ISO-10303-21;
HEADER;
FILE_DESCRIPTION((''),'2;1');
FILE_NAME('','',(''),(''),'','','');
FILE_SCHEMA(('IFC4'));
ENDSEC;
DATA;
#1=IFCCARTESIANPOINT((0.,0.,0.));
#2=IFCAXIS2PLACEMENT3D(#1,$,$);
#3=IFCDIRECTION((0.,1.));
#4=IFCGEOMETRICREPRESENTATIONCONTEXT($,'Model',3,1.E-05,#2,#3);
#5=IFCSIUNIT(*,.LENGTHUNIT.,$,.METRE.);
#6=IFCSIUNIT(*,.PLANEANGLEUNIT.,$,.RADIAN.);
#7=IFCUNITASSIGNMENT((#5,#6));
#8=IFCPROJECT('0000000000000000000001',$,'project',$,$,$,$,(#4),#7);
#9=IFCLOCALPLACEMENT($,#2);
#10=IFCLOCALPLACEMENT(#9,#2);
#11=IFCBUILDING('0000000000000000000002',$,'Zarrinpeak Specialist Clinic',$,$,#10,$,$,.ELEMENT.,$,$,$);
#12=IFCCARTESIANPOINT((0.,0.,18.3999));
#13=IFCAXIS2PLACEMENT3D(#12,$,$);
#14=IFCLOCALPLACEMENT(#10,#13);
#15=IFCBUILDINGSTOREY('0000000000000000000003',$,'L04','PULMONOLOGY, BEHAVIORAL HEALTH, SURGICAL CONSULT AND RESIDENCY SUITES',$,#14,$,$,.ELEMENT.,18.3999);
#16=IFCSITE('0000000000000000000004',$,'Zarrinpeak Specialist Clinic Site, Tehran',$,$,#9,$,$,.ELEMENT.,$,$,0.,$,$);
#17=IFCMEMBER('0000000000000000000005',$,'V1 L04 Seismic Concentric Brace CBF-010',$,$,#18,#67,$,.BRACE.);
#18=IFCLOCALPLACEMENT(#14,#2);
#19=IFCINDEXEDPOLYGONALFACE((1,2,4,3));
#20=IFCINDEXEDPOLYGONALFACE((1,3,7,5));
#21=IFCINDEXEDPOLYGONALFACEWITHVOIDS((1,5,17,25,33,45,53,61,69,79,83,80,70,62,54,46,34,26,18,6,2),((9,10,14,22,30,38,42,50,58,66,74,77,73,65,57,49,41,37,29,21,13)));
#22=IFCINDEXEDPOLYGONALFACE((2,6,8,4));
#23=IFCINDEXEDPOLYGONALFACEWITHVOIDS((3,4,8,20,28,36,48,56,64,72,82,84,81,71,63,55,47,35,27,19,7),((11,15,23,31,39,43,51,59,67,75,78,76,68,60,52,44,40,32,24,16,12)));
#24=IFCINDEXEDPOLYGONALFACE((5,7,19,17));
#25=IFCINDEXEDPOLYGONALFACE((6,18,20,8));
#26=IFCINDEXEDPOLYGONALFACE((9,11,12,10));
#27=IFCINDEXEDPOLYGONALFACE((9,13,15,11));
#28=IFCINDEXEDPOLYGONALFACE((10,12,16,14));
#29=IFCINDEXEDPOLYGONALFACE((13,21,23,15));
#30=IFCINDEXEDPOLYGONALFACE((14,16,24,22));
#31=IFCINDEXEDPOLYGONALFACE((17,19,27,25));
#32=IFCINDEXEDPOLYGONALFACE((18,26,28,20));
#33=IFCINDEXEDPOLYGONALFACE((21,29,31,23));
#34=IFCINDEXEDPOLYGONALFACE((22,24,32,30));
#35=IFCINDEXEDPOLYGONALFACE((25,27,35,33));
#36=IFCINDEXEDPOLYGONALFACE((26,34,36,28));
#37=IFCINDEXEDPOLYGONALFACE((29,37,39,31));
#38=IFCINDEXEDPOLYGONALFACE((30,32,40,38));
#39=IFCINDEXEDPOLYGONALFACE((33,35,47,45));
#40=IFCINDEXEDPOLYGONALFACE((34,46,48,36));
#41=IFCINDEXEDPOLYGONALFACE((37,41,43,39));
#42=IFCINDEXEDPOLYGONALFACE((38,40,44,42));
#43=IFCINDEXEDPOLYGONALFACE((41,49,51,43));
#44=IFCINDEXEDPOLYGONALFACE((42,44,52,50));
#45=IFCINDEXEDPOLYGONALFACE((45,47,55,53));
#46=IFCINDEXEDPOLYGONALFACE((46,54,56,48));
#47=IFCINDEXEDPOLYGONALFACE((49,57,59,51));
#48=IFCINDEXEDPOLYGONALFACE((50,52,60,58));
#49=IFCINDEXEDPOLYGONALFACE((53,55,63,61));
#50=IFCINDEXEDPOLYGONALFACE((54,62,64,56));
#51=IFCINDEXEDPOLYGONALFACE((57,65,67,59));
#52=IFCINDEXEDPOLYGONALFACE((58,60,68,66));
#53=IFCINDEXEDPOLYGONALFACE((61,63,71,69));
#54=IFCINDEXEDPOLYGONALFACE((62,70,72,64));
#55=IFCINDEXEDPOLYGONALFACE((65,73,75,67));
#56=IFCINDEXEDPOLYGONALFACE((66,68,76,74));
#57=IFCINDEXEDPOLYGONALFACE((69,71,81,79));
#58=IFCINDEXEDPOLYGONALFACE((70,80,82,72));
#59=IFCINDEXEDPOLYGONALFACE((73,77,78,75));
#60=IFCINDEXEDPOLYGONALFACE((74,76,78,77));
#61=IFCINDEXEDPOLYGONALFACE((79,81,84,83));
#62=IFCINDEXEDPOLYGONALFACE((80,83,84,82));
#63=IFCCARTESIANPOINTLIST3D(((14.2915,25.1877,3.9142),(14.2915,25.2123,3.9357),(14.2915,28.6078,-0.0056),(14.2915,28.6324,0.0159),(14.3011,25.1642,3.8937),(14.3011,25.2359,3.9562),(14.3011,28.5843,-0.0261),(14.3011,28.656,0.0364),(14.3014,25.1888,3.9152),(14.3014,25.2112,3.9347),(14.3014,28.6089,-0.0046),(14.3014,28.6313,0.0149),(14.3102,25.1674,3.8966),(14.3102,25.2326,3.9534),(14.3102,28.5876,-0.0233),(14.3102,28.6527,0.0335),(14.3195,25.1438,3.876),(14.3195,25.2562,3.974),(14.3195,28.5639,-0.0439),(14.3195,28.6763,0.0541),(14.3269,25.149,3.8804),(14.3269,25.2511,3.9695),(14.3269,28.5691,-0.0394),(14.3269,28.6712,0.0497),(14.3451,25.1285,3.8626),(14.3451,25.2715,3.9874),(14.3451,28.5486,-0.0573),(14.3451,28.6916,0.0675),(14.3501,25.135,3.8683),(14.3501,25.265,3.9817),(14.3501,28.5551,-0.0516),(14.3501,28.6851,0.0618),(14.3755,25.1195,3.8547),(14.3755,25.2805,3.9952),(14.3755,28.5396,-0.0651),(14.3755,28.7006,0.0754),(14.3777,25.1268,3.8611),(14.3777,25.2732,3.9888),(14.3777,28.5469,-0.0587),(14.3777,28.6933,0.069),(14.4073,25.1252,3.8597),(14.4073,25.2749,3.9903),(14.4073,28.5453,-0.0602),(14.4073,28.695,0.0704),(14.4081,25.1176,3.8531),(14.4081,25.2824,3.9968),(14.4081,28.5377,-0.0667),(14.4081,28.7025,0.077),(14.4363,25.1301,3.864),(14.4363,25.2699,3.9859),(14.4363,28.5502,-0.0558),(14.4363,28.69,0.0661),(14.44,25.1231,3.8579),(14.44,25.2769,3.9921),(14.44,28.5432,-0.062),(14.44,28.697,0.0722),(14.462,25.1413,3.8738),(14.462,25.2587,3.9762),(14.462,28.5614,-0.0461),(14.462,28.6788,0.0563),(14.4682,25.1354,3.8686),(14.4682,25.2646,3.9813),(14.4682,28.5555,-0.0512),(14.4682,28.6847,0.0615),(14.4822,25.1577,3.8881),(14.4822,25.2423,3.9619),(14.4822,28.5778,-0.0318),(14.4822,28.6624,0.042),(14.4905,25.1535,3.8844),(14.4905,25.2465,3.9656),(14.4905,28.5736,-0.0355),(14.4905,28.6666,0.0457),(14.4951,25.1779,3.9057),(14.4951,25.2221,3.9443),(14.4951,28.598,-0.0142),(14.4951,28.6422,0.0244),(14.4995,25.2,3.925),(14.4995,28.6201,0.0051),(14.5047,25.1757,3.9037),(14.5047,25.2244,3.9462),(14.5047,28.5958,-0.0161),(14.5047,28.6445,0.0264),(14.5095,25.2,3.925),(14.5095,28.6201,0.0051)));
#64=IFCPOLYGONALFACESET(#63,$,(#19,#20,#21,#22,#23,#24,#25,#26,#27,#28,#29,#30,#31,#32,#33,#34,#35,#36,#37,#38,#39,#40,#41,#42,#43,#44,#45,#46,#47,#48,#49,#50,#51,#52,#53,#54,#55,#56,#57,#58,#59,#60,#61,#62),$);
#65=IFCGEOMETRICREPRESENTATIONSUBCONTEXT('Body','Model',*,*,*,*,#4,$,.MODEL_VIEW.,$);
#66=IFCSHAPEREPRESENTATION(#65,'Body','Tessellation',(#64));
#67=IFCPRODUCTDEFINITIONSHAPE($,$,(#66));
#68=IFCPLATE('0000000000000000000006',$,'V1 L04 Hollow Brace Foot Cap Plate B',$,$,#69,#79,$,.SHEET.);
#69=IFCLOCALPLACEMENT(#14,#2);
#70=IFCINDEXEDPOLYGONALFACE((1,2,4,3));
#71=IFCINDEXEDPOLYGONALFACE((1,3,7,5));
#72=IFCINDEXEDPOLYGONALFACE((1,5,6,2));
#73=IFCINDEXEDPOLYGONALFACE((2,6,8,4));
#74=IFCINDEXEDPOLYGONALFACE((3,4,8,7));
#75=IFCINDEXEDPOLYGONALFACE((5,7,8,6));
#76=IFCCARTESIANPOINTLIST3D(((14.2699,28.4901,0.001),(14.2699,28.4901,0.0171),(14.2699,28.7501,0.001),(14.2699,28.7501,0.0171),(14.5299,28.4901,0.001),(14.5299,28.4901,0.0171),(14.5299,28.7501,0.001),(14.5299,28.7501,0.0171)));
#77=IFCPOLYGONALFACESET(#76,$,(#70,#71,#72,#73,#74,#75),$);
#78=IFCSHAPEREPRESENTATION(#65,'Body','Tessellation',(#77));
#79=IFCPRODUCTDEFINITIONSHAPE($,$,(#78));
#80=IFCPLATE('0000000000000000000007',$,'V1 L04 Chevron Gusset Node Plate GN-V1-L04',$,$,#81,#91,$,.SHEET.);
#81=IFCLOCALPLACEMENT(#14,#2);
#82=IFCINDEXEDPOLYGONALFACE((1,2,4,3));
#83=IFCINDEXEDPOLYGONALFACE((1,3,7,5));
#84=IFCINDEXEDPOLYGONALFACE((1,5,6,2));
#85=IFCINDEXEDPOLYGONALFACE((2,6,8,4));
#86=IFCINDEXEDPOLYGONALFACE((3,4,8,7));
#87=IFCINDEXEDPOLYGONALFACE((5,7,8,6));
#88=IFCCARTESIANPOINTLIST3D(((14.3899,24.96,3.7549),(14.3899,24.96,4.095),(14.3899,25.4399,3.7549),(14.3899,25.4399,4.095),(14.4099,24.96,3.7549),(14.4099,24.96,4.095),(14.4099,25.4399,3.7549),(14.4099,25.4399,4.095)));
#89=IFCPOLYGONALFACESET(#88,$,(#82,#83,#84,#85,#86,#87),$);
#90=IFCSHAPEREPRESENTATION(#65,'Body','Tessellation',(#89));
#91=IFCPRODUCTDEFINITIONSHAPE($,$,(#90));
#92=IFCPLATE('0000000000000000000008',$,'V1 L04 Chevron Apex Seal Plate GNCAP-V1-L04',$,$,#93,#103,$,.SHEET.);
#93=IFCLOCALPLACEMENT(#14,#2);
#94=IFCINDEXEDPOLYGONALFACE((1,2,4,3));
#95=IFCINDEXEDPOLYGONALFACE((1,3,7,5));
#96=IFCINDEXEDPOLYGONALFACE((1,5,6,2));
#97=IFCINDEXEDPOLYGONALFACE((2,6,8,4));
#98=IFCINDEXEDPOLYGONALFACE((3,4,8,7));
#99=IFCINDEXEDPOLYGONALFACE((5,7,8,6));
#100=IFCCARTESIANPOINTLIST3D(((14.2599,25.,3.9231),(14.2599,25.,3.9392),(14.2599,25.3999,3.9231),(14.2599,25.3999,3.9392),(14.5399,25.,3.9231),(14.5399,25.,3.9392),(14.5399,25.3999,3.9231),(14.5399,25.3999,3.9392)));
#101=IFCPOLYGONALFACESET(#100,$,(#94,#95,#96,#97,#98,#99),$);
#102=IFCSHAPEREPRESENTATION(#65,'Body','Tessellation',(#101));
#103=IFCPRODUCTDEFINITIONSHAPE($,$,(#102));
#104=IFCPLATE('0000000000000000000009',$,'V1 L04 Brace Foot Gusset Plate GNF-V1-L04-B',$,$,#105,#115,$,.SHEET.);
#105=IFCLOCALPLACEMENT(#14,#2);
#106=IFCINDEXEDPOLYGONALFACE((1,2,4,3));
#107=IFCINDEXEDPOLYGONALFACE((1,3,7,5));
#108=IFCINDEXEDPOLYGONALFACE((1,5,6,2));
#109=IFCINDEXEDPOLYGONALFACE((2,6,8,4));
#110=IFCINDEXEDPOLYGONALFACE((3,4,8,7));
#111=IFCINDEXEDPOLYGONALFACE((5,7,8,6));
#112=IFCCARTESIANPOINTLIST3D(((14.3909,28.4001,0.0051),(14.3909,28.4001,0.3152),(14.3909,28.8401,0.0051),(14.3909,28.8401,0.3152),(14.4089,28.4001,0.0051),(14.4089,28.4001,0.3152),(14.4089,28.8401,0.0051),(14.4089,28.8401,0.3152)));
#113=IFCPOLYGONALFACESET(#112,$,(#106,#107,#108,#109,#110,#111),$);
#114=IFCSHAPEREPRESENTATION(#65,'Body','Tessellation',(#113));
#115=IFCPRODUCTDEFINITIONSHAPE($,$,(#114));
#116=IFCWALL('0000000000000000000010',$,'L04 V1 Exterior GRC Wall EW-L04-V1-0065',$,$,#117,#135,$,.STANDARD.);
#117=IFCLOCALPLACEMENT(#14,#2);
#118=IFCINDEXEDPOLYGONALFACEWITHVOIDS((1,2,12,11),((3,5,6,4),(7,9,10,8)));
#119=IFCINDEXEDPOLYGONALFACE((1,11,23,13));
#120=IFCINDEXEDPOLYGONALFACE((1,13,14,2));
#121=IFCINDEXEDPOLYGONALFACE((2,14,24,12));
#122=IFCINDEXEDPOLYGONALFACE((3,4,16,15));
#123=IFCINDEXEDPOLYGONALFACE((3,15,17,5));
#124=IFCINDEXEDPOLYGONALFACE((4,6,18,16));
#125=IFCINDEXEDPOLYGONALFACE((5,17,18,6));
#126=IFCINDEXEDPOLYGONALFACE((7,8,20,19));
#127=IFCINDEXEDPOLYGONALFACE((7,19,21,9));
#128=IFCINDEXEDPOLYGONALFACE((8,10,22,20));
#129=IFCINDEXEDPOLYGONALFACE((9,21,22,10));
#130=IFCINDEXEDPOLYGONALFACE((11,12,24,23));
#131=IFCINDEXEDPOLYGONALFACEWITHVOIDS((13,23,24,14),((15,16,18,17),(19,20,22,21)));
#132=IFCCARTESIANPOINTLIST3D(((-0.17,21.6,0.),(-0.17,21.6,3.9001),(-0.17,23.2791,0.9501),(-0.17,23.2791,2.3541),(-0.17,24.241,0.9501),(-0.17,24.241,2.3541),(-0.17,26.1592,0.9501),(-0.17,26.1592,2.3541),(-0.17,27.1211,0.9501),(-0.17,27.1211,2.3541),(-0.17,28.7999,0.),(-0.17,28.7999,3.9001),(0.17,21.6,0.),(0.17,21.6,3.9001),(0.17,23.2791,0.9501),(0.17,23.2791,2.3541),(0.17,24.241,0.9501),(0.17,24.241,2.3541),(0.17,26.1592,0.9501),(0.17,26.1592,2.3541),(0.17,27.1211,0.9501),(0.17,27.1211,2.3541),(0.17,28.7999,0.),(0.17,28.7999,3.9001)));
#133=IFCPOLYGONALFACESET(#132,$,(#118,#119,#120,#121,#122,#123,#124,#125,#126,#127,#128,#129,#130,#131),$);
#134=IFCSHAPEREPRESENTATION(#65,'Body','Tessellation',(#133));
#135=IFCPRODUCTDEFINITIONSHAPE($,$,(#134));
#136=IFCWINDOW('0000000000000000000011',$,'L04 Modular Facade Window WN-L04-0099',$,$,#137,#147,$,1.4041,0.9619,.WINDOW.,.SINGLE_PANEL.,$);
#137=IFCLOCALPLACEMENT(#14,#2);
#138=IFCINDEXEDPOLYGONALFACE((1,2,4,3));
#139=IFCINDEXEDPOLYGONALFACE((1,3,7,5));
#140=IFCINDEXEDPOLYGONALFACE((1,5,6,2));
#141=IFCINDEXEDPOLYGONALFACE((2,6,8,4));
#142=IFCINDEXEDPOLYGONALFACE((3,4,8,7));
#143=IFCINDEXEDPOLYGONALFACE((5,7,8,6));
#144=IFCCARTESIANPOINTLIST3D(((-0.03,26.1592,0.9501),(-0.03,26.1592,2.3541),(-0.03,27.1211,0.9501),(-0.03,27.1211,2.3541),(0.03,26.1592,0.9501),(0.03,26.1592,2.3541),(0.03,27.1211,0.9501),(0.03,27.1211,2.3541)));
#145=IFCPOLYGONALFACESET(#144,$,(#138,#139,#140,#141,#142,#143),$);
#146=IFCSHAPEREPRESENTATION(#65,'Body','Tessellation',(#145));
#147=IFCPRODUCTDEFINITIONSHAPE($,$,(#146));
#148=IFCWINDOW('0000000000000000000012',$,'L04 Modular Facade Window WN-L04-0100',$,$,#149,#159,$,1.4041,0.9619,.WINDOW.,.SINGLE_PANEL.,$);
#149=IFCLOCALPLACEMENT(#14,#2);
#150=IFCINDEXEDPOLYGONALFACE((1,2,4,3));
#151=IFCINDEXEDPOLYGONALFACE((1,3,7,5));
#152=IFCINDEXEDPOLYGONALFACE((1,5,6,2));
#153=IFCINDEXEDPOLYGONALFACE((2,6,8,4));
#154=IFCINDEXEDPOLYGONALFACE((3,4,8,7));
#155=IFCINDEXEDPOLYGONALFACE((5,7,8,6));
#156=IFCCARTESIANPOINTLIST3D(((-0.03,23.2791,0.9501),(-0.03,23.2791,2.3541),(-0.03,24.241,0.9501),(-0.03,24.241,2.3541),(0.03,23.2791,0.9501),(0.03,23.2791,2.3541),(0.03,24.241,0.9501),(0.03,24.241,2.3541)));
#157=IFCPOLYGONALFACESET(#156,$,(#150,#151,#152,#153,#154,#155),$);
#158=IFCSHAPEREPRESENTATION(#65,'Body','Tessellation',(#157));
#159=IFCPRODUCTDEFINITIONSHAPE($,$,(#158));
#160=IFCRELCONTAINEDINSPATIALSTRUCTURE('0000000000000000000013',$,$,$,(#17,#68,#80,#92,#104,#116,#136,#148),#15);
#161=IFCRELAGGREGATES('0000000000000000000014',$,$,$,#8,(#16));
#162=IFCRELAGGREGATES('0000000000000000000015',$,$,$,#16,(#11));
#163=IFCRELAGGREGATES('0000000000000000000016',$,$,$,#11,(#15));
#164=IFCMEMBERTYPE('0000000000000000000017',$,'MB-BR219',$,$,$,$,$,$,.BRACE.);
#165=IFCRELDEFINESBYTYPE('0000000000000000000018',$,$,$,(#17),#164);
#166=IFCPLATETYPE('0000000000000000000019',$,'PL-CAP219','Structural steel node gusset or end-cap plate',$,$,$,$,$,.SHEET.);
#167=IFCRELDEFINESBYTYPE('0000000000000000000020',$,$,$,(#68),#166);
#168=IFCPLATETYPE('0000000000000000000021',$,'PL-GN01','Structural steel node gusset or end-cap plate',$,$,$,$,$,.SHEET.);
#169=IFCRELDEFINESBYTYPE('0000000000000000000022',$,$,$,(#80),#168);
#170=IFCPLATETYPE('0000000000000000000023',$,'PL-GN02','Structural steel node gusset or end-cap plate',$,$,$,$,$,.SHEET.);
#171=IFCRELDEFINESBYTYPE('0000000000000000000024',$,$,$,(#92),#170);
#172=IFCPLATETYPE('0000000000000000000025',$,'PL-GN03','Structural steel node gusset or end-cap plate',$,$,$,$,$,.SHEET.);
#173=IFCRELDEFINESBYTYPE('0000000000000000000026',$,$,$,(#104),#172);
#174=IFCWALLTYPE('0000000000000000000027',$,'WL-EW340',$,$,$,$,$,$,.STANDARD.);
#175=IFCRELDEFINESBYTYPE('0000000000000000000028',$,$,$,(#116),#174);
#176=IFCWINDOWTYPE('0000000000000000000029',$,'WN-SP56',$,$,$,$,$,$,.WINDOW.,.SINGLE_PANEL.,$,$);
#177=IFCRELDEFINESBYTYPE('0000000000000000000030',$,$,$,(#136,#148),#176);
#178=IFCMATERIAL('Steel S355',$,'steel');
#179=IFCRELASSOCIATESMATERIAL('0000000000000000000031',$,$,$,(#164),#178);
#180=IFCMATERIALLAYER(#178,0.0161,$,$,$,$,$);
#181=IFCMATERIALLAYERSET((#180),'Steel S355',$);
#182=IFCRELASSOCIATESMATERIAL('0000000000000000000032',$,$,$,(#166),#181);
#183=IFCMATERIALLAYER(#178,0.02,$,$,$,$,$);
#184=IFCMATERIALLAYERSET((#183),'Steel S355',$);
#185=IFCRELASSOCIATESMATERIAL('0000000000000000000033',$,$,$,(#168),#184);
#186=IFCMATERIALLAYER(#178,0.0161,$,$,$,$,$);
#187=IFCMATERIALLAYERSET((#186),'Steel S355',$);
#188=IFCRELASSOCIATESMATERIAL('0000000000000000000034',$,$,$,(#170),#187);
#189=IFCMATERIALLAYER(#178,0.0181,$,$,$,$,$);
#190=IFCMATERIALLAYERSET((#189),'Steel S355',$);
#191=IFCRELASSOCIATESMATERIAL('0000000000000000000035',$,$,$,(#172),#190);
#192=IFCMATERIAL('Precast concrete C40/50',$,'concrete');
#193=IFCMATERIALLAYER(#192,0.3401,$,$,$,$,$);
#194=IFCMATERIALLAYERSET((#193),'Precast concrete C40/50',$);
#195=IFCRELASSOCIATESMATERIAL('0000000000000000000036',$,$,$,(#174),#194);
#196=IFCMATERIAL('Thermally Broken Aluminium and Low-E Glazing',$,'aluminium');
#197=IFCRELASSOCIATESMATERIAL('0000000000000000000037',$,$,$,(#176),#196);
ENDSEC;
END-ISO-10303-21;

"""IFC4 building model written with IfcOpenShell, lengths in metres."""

from ifc_helpers import new_model, si_unit, direction, frame, frame_2d, origin, origin_2d, place, context, subcontext, project, spatial, rectangle, hollow_circle, extrude, material, layer, layer_set, material_profile, profile_set, type_object, element, fill, save


model = new_model("IFC4")

# Units and contexts
model_context = context("Model", 3, precision=1e-05, world=origin(), true_north=direction((0.0, 1.0)))
body_context = subcontext(model_context, "Body", "Model", "MODEL_VIEW")
ifc_project = project(units=[si_unit("LENGTHUNIT", "METRE"), si_unit("PLANEANGLEUNIT", "RADIAN")], contexts=[model_context])

# Site, building, storey
site_placement = place(None, origin())
site = spatial("IfcSite", under=ifc_project, at=site_placement, Name="Zarrinpeak Specialist Clinic Site, Tehran", CompositionType="ELEMENT", RefElevation=0.0)
building_placement = place(site_placement, origin())
building = spatial("IfcBuilding", under=site, at=building_placement, Name="Zarrinpeak Specialist Clinic", CompositionType="ELEMENT")
storey_placement = place(building_placement, frame((0.0, 0.0, 18.3999)))
storey = spatial("IfcBuildingStorey", under=building, at=storey_placement, Name="L04", Description="PULMONOLOGY, BEHAVIORAL HEALTH, SURGICAL CONSULT AND RESIDENCY SUITES", CompositionType="ELEMENT", Elevation=18.3999)

# Shared definitions
ifc_material_1 = material(Name="Steel S355", Category="steel")

# Member
ifc_material_profile_1 = material_profile(ifc_material_1, hollow_circle(Radius=0.1096, WallThickness=0.01, at=origin_2d()), Name="CHS 219.1x10.0")
ifc_profile_set_1 = profile_set([ifc_material_profile_1], Name="Steel S355")
member_type = type_object("IfcMemberType", Name="MB-BR219", PredefinedType="BRACE", material=ifc_profile_set_1)
member_placement = place(storey_placement, frame((14.3999, 28.6201, 0.0051), z_axis=(0.0, -0.657441, 0.753506), x_axis=(1.0, 0.0, 0.0)))
element("IfcMember", 1, at=member_placement, inside=storey, type_object=member_type, Name="V1 L04 Seismic Concentric Brace CBF-010", PredefinedType="BRACE", context=body_context, shape_type="SweptSolid", body=[
    extrude(hollow_circle(Radius=0.1096, WallThickness=0.01, at=origin_2d()), origin(), (0.0, 0.0, 1.0), 5.2021),
])

# Plates
ifc_layer_1 = layer(ifc_material_1, 0.0161)
ifc_layer_set_1 = layer_set([ifc_layer_1], Name="Steel S355")
plate_type_1 = type_object("IfcPlateType", Name="PL-CAP219", Description="Structural steel node gusset or end-cap plate", PredefinedType="SHEET", material=ifc_layer_set_1)
plate_1_placement = place(storey_placement, frame((14.3999, 28.6201, 0.001), z_axis=(0.0, 0.0, 1.0), x_axis=(1.0, 0.0, 0.0)))
element("IfcPlate", 2, at=plate_1_placement, inside=storey, type_object=plate_type_1, Name="V1 L04 Hollow Brace Foot Cap Plate B", PredefinedType="SHEET", context=body_context, shape_type="SweptSolid", body=[
    extrude(rectangle(XDim=0.26, YDim=0.26, at=origin_2d()), origin(), (0.0, 0.0, 1.0), 0.0161),
])
ifc_layer_2 = layer(ifc_material_1, 0.02)
ifc_layer_set_2 = layer_set([ifc_layer_2], Name="Steel S355")
plate_type_2 = type_object("IfcPlateType", Name="PL-GN01", Description="Structural steel node gusset or end-cap plate", PredefinedType="SHEET", material=ifc_layer_set_2)
plate_2_placement = place(storey_placement, frame((14.3999, 25.2, 3.7549), z_axis=(0.0, 0.0, 1.0), x_axis=(1.0, 0.0, 0.0)))
element("IfcPlate", 3, at=plate_2_placement, inside=storey, type_object=plate_type_2, Name="V1 L04 Chevron Gusset Node Plate GN-V1-L04", PredefinedType="SHEET", context=body_context, shape_type="SweptSolid", body=[
    extrude(rectangle(XDim=0.02, YDim=0.48, at=origin_2d()), origin(), (0.0, 0.0, 1.0), 0.3401),
])
ifc_layer_3 = layer(ifc_material_1, 0.0161)
ifc_layer_set_3 = layer_set([ifc_layer_3], Name="Steel S355")
plate_type_3 = type_object("IfcPlateType", Name="PL-GN02", Description="Structural steel node gusset or end-cap plate", PredefinedType="SHEET", material=ifc_layer_set_3)
plate_3_placement = place(storey_placement, frame((14.3999, 25.2, 3.9231), z_axis=(0.0, 0.0, 1.0), x_axis=(1.0, 0.0, 0.0)))
element("IfcPlate", 4, at=plate_3_placement, inside=storey, type_object=plate_type_3, Name="V1 L04 Chevron Apex Seal Plate GNCAP-V1-L04", PredefinedType="SHEET", context=body_context, shape_type="SweptSolid", body=[
    extrude(rectangle(XDim=0.28, YDim=0.3999, at=origin_2d()), origin(), (0.0, 0.0, 1.0), 0.0161),
])
ifc_layer_4 = layer(ifc_material_1, 0.0181)
ifc_layer_set_4 = layer_set([ifc_layer_4], Name="Steel S355")
plate_type_4 = type_object("IfcPlateType", Name="PL-GN03", Description="Structural steel node gusset or end-cap plate", PredefinedType="SHEET", material=ifc_layer_set_4)
plate_4_placement = place(storey_placement, frame((14.3999, 28.6201, 0.0051), z_axis=(0.0, 0.0, 1.0), x_axis=(1.0, 0.0, 0.0)))
element("IfcPlate", 5, at=plate_4_placement, inside=storey, type_object=plate_type_4, Name="V1 L04 Brace Foot Gusset Plate GNF-V1-L04-B", PredefinedType="SHEET", context=body_context, shape_type="SweptSolid", body=[
    extrude(rectangle(XDim=0.0181, YDim=0.4399, at=origin_2d()), origin(), (0.0, 0.0, 1.0), 0.3101),
])

# Wall, openings, windows
ifc_material_2 = material(Name="Precast concrete C40/50", Category="concrete")
ifc_layer_5 = layer(ifc_material_2, 0.3401)
ifc_layer_set_5 = layer_set([ifc_layer_5], Name="Precast concrete C40/50")
wall_type_1 = type_object("IfcWallType", Name="WL-EW340", PredefinedType="STANDARD", material=ifc_layer_set_5)
wall_1_placement = place(storey_placement, frame((0.0, 28.8, 0.0), z_axis=(0.0, 0.0, 1.0), x_axis=(0.0, -1.0, 0.0)))
wall_1 = element("IfcWall", 6, at=wall_1_placement, inside=storey, type_object=wall_type_1, Name="L04 V1 Exterior GRC Wall EW-L04-V1-0065", PredefinedType="STANDARD", context=body_context, shape_type="SweptSolid", body=[
    extrude(rectangle(XDim=7.2, YDim=0.3401, at=frame_2d((3.6001, 0.0))), origin(), (0.0, 0.0, 1.0), 3.9001),
])
opening_1_placement = place(wall_1_placement, frame((1.679, 0.0, 0.95)))
opening_1 = element("IfcOpeningElement", 7, at=opening_1_placement, cuts=wall_1, PredefinedType="OPENING", context=body_context, shape_type="SweptSolid", body=[
    extrude(rectangle(XDim=0.9619, YDim=1.4041, at=frame_2d((0.481, 0.7021))), frame((0.0, 0.1802, 0.0), z_axis=(0.0, -1.0, 0.0), x_axis=(1.0, 0.0, 0.0)), (0.0, 0.0, 1.0), 0.3601),
])
opening_2_placement = place(wall_1_placement, frame((4.5591, 0.0, 0.95)))
opening_2 = element("IfcOpeningElement", 8, at=opening_2_placement, cuts=wall_1, PredefinedType="OPENING", context=body_context, shape_type="SweptSolid", body=[
    extrude(rectangle(XDim=0.9619, YDim=1.4041, at=frame_2d((0.481, 0.7021))), frame((0.0, 0.1802, 0.0), z_axis=(0.0, -1.0, 0.0), x_axis=(1.0, 0.0, 0.0)), (0.0, 0.0, 1.0), 0.3601),
])
ifc_material_3 = material(Name="Thermally Broken Aluminium and Low-E Glazing", Category="aluminium")
window_type_1 = type_object("IfcWindowType", Name="WN-SP56", PartitioningType="SINGLE_PANEL", PredefinedType="WINDOW", material=ifc_material_3)
window_1_placement = place(opening_1_placement, origin())
window_1 = element("IfcWindow", 9, at=window_1_placement, inside=storey, type_object=window_type_1, Name="L04 Modular Facade Window WN-L04-0099", OverallHeight=1.4041, OverallWidth=0.9619, PartitioningType="SINGLE_PANEL", PredefinedType="WINDOW", context=body_context, shape_type="SweptSolid", body=[
    extrude(rectangle(XDim=0.9619, YDim=1.4041, at=frame_2d((0.481, 0.7021))), frame((0.0, 0.03, 0.0), z_axis=(0.0, -1.0, 0.0), x_axis=(1.0, 0.0, 0.0)), (0.0, 0.0, 1.0), 0.0601),
])
fill(opening_1, window_1)
window_2_placement = place(opening_2_placement, origin())
window_2 = element("IfcWindow", 10, at=window_2_placement, inside=storey, type_object=window_type_1, Name="L04 Modular Facade Window WN-L04-0100", OverallHeight=1.4041, OverallWidth=0.9619, PartitioningType="SINGLE_PANEL", PredefinedType="WINDOW", context=body_context, shape_type="SweptSolid", body=[
    extrude(rectangle(XDim=0.9619, YDim=1.4041, at=frame_2d((0.481, 0.7021))), frame((0.0, 0.03, 0.0), z_axis=(0.0, -1.0, 0.0), x_axis=(1.0, 0.0, 0.0)), (0.0, 0.0, 1.0), 0.0601),
])
fill(opening_2, window_2)

save(model, "model.ifc")
